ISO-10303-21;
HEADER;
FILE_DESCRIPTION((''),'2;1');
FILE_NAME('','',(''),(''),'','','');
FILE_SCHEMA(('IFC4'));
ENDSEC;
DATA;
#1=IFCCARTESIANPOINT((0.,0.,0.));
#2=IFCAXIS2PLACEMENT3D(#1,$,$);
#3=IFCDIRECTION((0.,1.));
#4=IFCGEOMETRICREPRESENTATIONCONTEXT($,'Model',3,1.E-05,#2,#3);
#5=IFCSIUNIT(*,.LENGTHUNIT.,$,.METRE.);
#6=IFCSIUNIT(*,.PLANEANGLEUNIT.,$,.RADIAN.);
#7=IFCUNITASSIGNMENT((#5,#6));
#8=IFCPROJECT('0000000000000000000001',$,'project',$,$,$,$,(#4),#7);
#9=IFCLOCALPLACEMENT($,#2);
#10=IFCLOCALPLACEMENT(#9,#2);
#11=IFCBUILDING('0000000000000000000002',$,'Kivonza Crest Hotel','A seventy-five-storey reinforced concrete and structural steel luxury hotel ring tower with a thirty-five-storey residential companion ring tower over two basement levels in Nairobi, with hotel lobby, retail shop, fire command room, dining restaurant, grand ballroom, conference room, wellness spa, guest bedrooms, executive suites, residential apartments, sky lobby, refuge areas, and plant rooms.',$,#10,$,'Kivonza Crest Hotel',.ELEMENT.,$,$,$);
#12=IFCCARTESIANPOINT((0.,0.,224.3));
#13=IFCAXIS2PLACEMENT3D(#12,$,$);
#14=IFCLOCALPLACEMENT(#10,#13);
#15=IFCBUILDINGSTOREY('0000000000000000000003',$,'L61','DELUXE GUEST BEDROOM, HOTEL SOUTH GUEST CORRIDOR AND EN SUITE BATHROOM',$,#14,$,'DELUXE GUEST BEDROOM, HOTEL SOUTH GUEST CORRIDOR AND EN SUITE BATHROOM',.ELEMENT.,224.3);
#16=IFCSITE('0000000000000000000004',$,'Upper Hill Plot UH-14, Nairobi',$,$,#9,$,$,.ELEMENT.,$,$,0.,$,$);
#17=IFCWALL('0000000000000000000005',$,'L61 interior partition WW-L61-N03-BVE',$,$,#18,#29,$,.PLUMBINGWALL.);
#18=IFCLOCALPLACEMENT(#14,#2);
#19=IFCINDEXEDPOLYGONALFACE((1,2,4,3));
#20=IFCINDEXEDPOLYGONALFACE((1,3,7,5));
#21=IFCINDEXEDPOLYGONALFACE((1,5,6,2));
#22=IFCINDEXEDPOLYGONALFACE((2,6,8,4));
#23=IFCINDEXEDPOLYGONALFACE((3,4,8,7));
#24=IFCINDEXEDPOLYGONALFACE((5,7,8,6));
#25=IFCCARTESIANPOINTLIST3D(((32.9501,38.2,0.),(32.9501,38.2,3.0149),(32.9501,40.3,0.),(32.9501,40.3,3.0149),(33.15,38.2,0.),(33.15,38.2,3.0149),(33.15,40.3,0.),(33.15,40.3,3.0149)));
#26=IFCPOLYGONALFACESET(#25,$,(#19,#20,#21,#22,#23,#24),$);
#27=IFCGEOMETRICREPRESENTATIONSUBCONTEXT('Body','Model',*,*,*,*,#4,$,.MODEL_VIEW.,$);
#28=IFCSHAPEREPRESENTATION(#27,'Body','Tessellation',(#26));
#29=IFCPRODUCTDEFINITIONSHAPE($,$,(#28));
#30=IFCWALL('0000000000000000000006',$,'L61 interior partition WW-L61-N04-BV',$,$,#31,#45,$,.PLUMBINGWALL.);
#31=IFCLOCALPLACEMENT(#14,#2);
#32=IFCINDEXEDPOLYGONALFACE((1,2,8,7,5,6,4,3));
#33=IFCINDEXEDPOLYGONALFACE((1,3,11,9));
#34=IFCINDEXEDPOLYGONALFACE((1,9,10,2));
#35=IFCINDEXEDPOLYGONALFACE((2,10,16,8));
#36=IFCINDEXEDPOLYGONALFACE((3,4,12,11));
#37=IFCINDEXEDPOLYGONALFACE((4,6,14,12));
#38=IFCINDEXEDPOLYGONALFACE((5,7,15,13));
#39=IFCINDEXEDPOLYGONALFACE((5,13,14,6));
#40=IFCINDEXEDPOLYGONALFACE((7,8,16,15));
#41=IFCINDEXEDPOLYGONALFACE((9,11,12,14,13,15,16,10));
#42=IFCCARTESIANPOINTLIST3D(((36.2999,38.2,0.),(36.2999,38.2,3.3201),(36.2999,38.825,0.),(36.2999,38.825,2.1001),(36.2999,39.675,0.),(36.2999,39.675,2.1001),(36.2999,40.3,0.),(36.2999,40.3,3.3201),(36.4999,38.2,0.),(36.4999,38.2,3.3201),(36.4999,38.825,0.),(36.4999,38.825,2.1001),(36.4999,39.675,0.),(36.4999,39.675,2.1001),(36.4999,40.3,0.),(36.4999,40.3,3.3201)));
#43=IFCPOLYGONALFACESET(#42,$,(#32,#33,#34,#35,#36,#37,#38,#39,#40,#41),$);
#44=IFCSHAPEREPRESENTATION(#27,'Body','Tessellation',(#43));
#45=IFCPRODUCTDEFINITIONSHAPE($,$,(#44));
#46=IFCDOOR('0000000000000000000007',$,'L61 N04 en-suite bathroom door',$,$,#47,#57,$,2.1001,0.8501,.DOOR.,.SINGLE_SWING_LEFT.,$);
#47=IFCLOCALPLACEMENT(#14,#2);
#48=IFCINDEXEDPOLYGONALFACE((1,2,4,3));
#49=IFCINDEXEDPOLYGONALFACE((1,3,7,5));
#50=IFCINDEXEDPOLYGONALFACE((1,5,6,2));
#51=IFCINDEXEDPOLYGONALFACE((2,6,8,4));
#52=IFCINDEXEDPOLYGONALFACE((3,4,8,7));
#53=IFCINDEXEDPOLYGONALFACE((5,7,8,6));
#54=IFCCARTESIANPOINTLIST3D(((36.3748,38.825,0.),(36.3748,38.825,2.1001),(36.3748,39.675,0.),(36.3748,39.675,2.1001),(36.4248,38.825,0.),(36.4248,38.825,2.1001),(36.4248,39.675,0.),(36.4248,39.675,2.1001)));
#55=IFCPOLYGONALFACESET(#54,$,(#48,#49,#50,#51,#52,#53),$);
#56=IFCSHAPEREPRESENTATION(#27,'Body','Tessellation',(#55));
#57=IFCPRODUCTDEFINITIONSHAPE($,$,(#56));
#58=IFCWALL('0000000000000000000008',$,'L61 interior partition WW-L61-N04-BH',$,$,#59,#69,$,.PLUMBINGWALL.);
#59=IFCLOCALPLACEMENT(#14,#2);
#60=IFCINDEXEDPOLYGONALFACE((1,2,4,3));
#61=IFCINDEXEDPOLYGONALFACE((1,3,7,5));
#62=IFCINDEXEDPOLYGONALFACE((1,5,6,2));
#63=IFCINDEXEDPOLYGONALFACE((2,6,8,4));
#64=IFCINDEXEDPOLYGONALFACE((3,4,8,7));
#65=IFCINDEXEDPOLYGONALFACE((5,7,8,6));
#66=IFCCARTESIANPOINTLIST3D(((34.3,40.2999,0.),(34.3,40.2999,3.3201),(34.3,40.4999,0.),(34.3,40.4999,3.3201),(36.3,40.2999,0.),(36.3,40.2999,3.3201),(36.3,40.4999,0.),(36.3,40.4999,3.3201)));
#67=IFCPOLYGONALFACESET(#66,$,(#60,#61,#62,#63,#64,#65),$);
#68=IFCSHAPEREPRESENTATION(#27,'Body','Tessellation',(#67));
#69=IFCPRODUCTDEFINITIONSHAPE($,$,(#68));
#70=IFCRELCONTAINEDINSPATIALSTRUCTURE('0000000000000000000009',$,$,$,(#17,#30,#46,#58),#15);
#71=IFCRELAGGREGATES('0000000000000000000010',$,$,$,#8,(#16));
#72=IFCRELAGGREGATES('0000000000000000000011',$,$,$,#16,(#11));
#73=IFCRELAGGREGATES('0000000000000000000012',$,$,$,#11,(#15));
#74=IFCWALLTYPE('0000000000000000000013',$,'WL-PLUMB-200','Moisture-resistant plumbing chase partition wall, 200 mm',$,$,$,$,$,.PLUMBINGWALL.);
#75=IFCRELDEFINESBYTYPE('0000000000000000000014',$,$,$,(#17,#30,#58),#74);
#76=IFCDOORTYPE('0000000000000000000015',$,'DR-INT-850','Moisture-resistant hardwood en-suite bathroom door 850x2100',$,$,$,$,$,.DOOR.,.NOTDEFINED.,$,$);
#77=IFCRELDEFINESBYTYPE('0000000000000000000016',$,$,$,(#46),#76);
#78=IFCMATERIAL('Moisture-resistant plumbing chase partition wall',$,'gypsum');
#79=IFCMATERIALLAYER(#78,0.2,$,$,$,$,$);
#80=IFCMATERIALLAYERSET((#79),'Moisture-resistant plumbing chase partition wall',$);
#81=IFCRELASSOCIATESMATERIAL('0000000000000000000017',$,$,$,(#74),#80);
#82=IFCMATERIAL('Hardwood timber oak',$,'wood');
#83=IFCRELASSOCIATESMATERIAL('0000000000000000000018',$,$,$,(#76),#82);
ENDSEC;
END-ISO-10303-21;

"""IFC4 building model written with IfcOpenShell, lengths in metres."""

from ifc_helpers import new_model, si_unit, direction, frame, frame_2d, origin, place, context, subcontext, project, spatial, rectangle, extrude, material, layer, layer_set, type_object, element, fill, save


model = new_model("IFC4")

# Units and contexts
model_context = context("Model", 3, precision=1e-05, world=origin(), true_north=direction((0.0, 1.0)))
body_context = subcontext(model_context, "Body", "Model", "MODEL_VIEW")
ifc_project = project(units=[si_unit("LENGTHUNIT", "METRE"), si_unit("PLANEANGLEUNIT", "RADIAN")], contexts=[model_context])

# Site, building, storey
site_placement = place(None, origin())
site = spatial("IfcSite", under=ifc_project, at=site_placement, Name="Upper Hill Plot UH-14, Nairobi", CompositionType="ELEMENT", RefElevation=0.0)
building_placement = place(site_placement, origin())
building = spatial("IfcBuilding", under=site, at=building_placement, Name="Kivonza Crest Hotel", Description="A seventy-five-storey reinforced concrete and structural steel luxury hotel ring tower with a thirty-five-storey residential companion ring tower over two basement levels in Nairobi, with hotel lobby, retail shop, fire command room, dining restaurant, grand ballroom, conference room, wellness spa, guest bedrooms, executive suites, residential apartments, sky lobby, refuge areas, and plant rooms.", LongName="Kivonza Crest Hotel", CompositionType="ELEMENT")
storey_placement = place(building_placement, frame((0.0, 0.0, 224.3)))
storey = spatial("IfcBuildingStorey", under=building, at=storey_placement, Name="L61", Description="DELUXE GUEST BEDROOM, HOTEL SOUTH GUEST CORRIDOR AND EN SUITE BATHROOM", LongName="DELUXE GUEST BEDROOM, HOTEL SOUTH GUEST CORRIDOR AND EN SUITE BATHROOM", CompositionType="ELEMENT", Elevation=224.3)

# Shared definitions
ifc_material_1 = material(Name="Hardwood timber oak", Category="wood")

# Shared definitions
ifc_material_2 = material(Name="Moisture-resistant plumbing chase partition wall", Category="gypsum")
ifc_layer_1 = layer(ifc_material_2, 0.2)
ifc_layer_set_1 = layer_set([ifc_layer_1], Name="Moisture-resistant plumbing chase partition wall")
wall_type_1 = type_object("IfcWallType", Name="WL-PLUMB-200", Description="Moisture-resistant plumbing chase partition wall, 200 mm", PredefinedType="PLUMBINGWALL", material=ifc_layer_set_1)
door_type_1 = type_object("IfcDoorType", Name="DR-INT-850", Description="Moisture-resistant hardwood en-suite bathroom door 850x2100", OperationType="NOTDEFINED", PredefinedType="DOOR", material=ifc_material_1)

# Wall
wall_1_placement = place(storey_placement, frame((33.05, 38.2, 0.0), z_axis=(0.0, 0.0, 1.0), x_axis=(0.0, 1.0, 0.0)))
element("IfcWall", 1, at=wall_1_placement, inside=storey, type_object=wall_type_1, Name="L61 interior partition WW-L61-N03-BVE", PredefinedType="PLUMBINGWALL", context=body_context, shape_type="SweptSolid", body=[
    extrude(rectangle(XDim=2.1001, YDim=0.2, at=frame_2d((1.05, 0.0))), origin(), (0.0, 0.0, 1.0), 3.0149),
])

# Wall, opening, door
wall_2_placement = place(storey_placement, frame((36.3999, 38.2, 0.0), z_axis=(0.0, 0.0, 1.0), x_axis=(0.0, 1.0, 0.0)))
wall_2 = element("IfcWall", 2, at=wall_2_placement, inside=storey, type_object=wall_type_1, Name="L61 interior partition WW-L61-N04-BV", PredefinedType="PLUMBINGWALL", context=body_context, shape_type="SweptSolid", body=[
    extrude(rectangle(XDim=2.1001, YDim=0.2, at=frame_2d((1.05, 0.0))), origin(), (0.0, 0.0, 1.0), 3.3201),
])
opening_1_placement = place(wall_2_placement, frame((0.625, 0.0, 0.0)))
opening_1 = element("IfcOpeningElement", 3, at=opening_1_placement, cuts=wall_2, PredefinedType="OPENING", context=body_context, shape_type="SweptSolid", body=[
    extrude(rectangle(XDim=0.8501, YDim=2.1001, at=frame_2d((0.425, 1.05))), frame((0.0, 0.1099, 0.0), z_axis=(0.0, -1.0, 0.0), x_axis=(1.0, 0.0, 0.0)), (0.0, 0.0, 1.0), 0.22),
])
door_1_placement = place(opening_1_placement, frame((0.8501, 0.0, 0.0), z_axis=(0.0, 0.0, 1.0), x_axis=(-1.0, 0.0, 0.0)))
door_1 = element("IfcDoor", 4, at=door_1_placement, inside=storey, type_object=door_type_1, Name="L61 N04 en-suite bathroom door", OperationType="SINGLE_SWING_LEFT", OverallHeight=2.1001, OverallWidth=0.8501, PredefinedType="DOOR", context=body_context, shape_type="SweptSolid", body=[
    extrude(rectangle(XDim=0.8501, YDim=2.1001, at=frame_2d((0.425, 1.05))), frame((0.0, 0.0249, 0.0), z_axis=(0.0, -1.0, 0.0), x_axis=(1.0, 0.0, 0.0)), (0.0, 0.0, 1.0), 0.05),
])
fill(opening_1, door_1)

# Wall
wall_3_placement = place(storey_placement, frame((34.3, 40.3999, 0.0), z_axis=(0.0, 0.0, 1.0), x_axis=(1.0, 0.0, 0.0)))
element("IfcWall", 5, at=wall_3_placement, inside=storey, type_object=wall_type_1, Name="L61 interior partition WW-L61-N04-BH", PredefinedType="PLUMBINGWALL", context=body_context, shape_type="SweptSolid", body=[
    extrude(rectangle(XDim=2.0, YDim=0.2, at=frame_2d((1.0, 0.0))), origin(), (0.0, 0.0, 1.0), 3.3201),
])

save(model, "model.ifc")
